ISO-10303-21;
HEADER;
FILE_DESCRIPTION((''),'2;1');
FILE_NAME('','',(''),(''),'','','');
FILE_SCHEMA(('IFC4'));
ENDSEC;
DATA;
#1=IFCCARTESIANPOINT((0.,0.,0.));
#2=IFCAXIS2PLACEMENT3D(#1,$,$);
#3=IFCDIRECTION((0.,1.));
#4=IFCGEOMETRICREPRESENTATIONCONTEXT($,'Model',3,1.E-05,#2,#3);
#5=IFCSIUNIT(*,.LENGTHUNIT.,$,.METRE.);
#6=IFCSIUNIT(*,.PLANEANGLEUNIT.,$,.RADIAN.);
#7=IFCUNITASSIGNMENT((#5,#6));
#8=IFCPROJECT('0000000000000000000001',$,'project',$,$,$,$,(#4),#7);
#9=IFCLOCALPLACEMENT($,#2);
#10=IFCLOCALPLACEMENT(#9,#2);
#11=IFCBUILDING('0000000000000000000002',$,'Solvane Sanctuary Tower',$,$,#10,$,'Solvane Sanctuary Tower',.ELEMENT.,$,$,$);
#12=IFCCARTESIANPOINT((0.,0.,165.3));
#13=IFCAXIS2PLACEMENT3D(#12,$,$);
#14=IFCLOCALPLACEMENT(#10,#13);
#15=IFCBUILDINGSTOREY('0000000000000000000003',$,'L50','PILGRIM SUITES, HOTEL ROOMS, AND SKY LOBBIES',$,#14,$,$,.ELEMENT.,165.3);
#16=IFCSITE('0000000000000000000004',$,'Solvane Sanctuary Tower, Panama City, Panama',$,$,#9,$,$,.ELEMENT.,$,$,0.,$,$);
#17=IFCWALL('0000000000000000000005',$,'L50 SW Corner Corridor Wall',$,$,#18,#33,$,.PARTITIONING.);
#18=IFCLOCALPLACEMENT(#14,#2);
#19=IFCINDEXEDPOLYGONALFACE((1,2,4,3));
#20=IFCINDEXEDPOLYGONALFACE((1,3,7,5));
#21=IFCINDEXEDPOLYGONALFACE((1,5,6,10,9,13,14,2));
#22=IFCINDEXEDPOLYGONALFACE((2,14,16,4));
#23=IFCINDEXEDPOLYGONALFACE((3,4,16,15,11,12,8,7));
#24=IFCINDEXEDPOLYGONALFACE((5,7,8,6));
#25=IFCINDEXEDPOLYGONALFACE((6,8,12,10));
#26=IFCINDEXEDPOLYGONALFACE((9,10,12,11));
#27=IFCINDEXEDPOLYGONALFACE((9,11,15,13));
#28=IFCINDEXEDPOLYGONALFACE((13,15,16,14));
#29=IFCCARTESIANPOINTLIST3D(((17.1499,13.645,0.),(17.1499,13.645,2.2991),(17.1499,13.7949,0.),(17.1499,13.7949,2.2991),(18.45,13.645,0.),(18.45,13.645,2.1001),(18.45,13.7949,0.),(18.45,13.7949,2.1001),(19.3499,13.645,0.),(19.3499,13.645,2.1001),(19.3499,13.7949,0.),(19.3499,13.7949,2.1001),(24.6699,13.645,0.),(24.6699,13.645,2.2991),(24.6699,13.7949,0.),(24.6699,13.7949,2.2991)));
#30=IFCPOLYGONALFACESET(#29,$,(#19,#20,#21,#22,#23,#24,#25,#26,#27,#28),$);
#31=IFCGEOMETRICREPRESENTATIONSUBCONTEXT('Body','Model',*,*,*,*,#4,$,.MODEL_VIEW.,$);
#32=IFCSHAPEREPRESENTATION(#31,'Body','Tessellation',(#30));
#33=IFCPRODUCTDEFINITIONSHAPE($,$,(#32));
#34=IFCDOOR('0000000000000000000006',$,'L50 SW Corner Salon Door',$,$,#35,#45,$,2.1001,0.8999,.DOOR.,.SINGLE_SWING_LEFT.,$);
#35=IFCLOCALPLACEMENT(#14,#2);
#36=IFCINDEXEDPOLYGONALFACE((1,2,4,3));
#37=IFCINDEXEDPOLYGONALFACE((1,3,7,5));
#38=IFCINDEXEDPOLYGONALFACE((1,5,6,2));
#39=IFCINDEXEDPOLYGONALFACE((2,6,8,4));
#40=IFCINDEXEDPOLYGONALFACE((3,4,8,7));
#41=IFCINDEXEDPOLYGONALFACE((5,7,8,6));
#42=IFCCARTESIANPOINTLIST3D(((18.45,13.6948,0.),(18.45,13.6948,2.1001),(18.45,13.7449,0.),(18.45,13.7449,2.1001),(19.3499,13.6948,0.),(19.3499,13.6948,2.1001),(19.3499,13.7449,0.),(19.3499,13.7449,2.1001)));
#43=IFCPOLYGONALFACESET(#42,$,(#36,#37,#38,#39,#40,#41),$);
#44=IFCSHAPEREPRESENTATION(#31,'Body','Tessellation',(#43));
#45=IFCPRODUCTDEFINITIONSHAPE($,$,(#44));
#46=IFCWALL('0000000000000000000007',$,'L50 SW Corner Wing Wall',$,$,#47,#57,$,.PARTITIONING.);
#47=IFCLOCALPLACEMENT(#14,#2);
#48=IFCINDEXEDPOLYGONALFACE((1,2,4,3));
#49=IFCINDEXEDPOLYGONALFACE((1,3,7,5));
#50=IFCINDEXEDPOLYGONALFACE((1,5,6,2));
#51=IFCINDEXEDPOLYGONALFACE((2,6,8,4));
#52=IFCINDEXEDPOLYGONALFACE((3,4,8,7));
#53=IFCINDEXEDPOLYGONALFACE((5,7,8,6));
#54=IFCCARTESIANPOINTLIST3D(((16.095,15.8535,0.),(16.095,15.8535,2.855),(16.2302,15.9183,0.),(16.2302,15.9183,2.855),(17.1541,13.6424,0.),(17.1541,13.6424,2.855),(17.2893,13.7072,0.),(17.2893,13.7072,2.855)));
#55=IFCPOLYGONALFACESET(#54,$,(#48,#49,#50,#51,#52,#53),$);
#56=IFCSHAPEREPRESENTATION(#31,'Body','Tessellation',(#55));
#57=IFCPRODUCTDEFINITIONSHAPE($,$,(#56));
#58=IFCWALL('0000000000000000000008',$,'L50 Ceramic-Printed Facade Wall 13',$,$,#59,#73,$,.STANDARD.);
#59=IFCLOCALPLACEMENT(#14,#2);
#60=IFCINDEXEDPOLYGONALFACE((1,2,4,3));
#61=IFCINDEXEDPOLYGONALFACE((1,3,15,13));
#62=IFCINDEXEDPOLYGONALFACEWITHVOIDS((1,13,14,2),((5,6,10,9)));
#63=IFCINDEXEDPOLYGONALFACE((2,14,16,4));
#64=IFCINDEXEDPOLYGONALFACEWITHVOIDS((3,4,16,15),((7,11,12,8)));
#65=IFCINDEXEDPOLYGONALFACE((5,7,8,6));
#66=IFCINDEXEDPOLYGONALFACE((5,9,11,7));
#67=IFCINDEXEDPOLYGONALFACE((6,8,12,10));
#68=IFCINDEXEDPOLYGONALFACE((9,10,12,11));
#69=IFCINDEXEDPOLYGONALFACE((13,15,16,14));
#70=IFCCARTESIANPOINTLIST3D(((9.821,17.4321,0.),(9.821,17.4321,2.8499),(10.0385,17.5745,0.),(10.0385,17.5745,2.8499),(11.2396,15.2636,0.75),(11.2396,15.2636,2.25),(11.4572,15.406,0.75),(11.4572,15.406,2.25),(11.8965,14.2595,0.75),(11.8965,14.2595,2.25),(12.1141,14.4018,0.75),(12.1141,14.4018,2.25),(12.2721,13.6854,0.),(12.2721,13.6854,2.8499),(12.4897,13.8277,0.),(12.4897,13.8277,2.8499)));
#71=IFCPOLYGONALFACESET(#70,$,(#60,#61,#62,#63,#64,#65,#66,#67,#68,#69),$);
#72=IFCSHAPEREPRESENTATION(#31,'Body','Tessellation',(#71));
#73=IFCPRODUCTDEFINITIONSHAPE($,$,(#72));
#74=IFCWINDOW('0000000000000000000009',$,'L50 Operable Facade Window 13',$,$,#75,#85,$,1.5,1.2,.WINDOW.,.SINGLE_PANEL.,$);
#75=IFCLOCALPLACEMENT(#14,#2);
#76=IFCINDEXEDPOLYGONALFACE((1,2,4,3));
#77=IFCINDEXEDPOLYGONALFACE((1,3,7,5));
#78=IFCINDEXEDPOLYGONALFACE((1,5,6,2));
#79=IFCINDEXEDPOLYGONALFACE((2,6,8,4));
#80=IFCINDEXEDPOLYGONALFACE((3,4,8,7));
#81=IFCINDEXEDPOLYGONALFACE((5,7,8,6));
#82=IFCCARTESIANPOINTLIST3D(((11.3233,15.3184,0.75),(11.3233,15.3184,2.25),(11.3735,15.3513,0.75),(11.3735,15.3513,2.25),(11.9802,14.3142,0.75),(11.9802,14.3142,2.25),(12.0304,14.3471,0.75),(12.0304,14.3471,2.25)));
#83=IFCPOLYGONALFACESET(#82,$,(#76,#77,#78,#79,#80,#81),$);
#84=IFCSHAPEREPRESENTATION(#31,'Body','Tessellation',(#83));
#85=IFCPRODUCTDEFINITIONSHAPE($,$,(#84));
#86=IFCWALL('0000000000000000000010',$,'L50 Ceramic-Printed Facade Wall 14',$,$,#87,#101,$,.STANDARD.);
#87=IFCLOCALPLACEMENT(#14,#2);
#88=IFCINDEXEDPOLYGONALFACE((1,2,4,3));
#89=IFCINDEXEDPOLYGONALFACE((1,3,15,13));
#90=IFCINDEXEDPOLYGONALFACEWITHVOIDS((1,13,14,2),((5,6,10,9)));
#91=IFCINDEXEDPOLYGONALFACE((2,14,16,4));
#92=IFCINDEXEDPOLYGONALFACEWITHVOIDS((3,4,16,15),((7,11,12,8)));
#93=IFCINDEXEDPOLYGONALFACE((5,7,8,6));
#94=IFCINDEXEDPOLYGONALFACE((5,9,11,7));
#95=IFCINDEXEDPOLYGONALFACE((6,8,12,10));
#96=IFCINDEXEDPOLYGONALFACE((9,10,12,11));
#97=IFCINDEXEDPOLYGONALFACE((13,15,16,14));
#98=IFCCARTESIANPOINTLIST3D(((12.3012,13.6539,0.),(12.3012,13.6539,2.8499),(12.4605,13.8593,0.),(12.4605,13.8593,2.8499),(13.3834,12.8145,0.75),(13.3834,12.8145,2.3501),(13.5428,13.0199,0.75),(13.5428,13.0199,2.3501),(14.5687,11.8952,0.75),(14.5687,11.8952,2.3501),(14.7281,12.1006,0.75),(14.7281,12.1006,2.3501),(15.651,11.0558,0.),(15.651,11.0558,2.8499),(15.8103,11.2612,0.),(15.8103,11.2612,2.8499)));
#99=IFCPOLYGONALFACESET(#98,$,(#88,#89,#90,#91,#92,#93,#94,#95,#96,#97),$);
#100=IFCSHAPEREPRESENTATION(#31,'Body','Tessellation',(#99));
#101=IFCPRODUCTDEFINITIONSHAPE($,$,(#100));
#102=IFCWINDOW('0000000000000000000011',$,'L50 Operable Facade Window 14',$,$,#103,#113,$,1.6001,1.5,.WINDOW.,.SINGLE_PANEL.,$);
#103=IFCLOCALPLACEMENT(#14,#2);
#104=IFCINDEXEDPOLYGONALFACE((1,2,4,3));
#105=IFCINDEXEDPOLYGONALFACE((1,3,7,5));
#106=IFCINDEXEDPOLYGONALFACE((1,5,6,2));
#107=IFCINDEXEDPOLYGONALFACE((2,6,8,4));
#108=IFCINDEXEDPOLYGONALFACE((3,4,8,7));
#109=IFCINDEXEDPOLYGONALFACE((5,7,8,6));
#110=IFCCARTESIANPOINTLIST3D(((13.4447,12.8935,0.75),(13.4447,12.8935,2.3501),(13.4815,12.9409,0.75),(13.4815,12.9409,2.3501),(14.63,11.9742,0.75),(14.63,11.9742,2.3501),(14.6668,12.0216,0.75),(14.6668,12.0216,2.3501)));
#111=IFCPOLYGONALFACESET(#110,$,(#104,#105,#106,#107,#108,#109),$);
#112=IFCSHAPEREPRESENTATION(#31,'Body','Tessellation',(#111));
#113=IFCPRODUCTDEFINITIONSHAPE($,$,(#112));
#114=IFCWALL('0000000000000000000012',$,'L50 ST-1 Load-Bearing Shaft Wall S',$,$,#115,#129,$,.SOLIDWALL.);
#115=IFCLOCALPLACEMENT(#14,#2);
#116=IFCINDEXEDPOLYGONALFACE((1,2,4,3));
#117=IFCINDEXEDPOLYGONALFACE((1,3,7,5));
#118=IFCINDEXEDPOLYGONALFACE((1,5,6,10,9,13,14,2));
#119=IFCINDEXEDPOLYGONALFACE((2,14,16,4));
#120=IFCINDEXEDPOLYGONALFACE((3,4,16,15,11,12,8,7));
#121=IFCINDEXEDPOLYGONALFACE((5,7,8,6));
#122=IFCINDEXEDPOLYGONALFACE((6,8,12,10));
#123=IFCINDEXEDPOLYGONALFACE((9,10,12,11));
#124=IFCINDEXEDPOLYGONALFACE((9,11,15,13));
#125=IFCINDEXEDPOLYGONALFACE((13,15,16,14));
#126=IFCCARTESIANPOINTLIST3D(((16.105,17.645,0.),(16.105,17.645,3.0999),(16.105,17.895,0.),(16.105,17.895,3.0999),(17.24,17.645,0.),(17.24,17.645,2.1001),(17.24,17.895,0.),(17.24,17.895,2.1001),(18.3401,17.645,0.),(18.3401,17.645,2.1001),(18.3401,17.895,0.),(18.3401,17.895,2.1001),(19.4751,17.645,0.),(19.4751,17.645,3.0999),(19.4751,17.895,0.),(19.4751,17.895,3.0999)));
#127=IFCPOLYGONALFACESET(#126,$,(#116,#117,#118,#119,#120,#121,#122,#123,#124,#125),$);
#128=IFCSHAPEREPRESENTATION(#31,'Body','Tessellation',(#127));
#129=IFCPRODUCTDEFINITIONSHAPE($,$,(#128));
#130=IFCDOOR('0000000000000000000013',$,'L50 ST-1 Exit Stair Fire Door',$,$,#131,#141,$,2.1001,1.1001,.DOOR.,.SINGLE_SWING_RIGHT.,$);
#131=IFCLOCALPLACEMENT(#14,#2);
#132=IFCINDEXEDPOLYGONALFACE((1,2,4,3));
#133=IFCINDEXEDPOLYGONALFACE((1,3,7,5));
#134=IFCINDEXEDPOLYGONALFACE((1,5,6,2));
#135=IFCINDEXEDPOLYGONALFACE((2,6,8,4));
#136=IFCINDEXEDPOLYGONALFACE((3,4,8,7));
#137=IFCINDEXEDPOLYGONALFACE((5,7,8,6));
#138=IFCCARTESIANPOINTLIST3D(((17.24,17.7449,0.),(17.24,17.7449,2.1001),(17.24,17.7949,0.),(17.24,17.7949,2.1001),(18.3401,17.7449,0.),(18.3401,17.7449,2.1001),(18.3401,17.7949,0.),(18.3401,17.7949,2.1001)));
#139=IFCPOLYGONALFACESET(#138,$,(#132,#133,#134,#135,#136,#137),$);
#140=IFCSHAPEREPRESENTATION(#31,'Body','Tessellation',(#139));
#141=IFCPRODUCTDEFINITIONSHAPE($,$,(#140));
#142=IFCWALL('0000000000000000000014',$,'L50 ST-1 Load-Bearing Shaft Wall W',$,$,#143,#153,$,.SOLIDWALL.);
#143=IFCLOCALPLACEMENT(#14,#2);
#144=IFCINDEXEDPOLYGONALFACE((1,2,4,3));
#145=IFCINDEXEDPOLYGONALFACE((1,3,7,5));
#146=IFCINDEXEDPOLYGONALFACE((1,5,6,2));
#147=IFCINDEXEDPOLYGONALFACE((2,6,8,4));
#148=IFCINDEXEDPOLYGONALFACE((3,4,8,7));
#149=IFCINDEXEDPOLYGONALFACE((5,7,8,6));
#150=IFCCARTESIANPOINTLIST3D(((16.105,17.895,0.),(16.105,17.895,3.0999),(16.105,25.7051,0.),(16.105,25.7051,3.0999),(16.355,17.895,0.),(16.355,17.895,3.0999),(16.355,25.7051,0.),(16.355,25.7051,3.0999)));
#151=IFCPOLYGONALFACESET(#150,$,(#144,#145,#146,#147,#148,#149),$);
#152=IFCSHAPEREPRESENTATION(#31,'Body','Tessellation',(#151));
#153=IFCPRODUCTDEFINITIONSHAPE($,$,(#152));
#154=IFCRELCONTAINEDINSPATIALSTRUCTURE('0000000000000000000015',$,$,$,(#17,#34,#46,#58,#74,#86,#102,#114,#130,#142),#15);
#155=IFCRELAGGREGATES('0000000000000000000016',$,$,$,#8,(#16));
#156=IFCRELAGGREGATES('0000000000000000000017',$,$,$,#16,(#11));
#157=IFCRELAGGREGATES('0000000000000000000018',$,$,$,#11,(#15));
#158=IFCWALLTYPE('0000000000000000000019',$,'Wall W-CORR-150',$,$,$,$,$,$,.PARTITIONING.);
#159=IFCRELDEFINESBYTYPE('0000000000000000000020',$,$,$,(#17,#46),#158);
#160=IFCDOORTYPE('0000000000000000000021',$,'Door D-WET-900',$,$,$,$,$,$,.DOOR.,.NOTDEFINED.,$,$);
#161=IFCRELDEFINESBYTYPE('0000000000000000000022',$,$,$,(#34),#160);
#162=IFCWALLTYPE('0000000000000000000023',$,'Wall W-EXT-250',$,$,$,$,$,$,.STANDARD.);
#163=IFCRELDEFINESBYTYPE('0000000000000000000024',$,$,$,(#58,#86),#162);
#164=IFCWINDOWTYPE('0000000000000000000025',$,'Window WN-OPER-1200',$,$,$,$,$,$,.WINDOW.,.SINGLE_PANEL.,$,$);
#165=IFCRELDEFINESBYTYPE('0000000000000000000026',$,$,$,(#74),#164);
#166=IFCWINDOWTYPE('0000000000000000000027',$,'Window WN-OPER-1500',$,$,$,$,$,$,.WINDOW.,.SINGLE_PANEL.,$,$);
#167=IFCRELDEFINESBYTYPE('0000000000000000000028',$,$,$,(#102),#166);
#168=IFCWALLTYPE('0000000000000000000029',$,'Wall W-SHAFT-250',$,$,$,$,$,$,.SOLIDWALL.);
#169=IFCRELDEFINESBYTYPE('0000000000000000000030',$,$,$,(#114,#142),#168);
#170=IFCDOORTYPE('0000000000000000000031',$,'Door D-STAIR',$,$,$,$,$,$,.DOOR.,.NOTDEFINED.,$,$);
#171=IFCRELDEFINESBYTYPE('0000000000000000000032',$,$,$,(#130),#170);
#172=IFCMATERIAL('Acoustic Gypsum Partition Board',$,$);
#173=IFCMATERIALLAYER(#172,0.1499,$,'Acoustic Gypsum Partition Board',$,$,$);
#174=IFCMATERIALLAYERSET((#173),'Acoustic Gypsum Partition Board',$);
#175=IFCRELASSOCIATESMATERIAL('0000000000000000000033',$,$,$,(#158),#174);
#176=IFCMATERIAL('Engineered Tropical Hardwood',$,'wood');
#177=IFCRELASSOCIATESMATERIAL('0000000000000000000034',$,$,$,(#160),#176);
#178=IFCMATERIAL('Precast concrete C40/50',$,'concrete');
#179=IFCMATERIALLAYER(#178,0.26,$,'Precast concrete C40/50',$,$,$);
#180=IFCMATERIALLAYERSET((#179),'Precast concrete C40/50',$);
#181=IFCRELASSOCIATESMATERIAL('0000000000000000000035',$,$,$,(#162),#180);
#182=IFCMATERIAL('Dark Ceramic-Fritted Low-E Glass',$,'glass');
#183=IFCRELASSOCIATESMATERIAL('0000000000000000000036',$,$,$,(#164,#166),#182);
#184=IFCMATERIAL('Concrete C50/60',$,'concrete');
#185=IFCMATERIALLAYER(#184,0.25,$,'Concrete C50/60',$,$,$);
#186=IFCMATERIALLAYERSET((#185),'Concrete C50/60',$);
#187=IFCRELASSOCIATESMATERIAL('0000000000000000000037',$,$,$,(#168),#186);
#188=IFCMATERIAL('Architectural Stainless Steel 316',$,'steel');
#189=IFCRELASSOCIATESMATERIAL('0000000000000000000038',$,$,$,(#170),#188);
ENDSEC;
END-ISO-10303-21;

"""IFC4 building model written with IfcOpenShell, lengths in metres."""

from ifc_helpers import new_model, si_unit, direction, frame, frame_2d, origin, place, context, subcontext, project, spatial, rectangle, extrude, material, layer, layer_set, type_object, element, fill, save


model = new_model("IFC4")

# Units and contexts
model_context = context("Model", 3, precision=1e-05, world=origin(), true_north=direction((0.0, 1.0)))
body_context = subcontext(model_context, "Body", "Model", "MODEL_VIEW")
ifc_project = project(units=[si_unit("LENGTHUNIT", "METRE"), si_unit("PLANEANGLEUNIT", "RADIAN")], contexts=[model_context])

# Site, building, storey
site_placement = place(None, origin())
site = spatial("IfcSite", under=ifc_project, at=site_placement, Name="Solvane Sanctuary Tower, Panama City, Panama", CompositionType="ELEMENT", RefElevation=0.0)
building_placement = place(site_placement, origin())
building = spatial("IfcBuilding", under=site, at=building_placement, Name="Solvane Sanctuary Tower", LongName="Solvane Sanctuary Tower", CompositionType="ELEMENT")
storey_placement = place(building_placement, frame((0.0, 0.0, 165.3)))
storey = spatial("IfcBuildingStorey", under=building, at=storey_placement, Name="L50", Description="PILGRIM SUITES, HOTEL ROOMS, AND SKY LOBBIES", CompositionType="ELEMENT", Elevation=165.3)

# Shared definitions
ifc_material_1 = material(Name="Acoustic Gypsum Partition Board")
ifc_layer_1 = layer(ifc_material_1, 0.1499, Name="Acoustic Gypsum Partition Board")
ifc_layer_set_1 = layer_set([ifc_layer_1], Name="Acoustic Gypsum Partition Board")
wall_type_1 = type_object("IfcWallType", Name="Wall W-CORR-150", PredefinedType="PARTITIONING", material=ifc_layer_set_1)
ifc_material_2 = material(Name="Architectural Stainless Steel 316", Category="steel")

# Wall, opening, door
wall_1_placement = place(storey_placement, frame((17.1499, 13.72, 0.0), z_axis=(0.0, 0.0, 1.0), x_axis=(1.0, 0.0, 0.0)))
wall_1 = element("IfcWall", 1, at=wall_1_placement, inside=storey, type_object=wall_type_1, Name="L50 SW Corner Corridor Wall", PredefinedType="PARTITIONING", context=body_context, shape_type="SweptSolid", body=[
    extrude(rectangle(XDim=7.52, YDim=0.1499, at=frame_2d((3.76, 0.0))), origin(), (0.0, 0.0, 1.0), 2.2991),
])
opening_1_placement = place(wall_1_placement, frame((1.3, 0.0, 0.0)))
opening_1 = element("IfcOpeningElement", 2, at=opening_1_placement, cuts=wall_1, PredefinedType="OPENING", context=body_context, shape_type="SweptSolid", body=[
    extrude(rectangle(XDim=0.8999, YDim=2.1001, at=frame_2d((0.45, 1.05))), frame((0.0, 0.085, 0.0), z_axis=(0.0, -1.0, 0.0), x_axis=(1.0, 0.0, 0.0)), (0.0, 0.0, 1.0), 0.1699),
])
ifc_material_3 = material(Name="Engineered Tropical Hardwood", Category="wood")
door_type_1 = type_object("IfcDoorType", Name="Door D-WET-900", OperationType="NOTDEFINED", PredefinedType="DOOR", material=ifc_material_3)
door_1_placement = place(opening_1_placement, origin())
door_1 = element("IfcDoor", 3, at=door_1_placement, inside=storey, type_object=door_type_1, Name="L50 SW Corner Salon Door", OperationType="SINGLE_SWING_LEFT", OverallHeight=2.1001, OverallWidth=0.8999, PredefinedType="DOOR", context=body_context, shape_type="SweptSolid", body=[
    extrude(rectangle(XDim=0.8999, YDim=2.1001, at=frame_2d((0.45, 1.05))), frame((0.0, 0.0249, 0.0), z_axis=(0.0, -1.0, 0.0), x_axis=(1.0, 0.0, 0.0)), (0.0, 0.0, 1.0), 0.05),
])
fill(opening_1, door_1)

# Wall
wall_2_placement = place(storey_placement, frame((17.2217, 13.6748, 0.0), z_axis=(0.0, 0.0, 1.0), x_axis=(-0.431973, 0.901886, 0.0)))
element("IfcWall", 4, at=wall_2_placement, inside=storey, type_object=wall_type_1, Name="L50 SW Corner Wing Wall", PredefinedType="PARTITIONING", context=body_context, shape_type="SweptSolid", body=[
    extrude(rectangle(XDim=2.4517, YDim=0.1499, at=frame_2d((1.2258, 0.0))), origin(), (0.0, 0.0, 1.0), 2.855),
])

# Walls, openings, windows
ifc_material_4 = material(Name="Precast concrete C40/50", Category="concrete")
ifc_layer_2 = layer(ifc_material_4, 0.26, Name="Precast concrete C40/50")
ifc_layer_set_2 = layer_set([ifc_layer_2], Name="Precast concrete C40/50")
wall_type_2 = type_object("IfcWallType", Name="Wall W-EXT-250", PredefinedType="STANDARD", material=ifc_layer_set_2)
wall_3_placement = place(storey_placement, frame((9.9297, 17.5034, 0.0), z_axis=(0.0, 0.0, 1.0), x_axis=(0.547456, -0.836834, 0.0)))
wall_3 = element("IfcWall", 5, at=wall_3_placement, inside=storey, type_object=wall_type_2, Name="L50 Ceramic-Printed Facade Wall 13", PredefinedType="STANDARD", context=body_context, shape_type="SweptSolid", body=[
    extrude(rectangle(XDim=4.4773, YDim=0.26, at=frame_2d((2.2388, 0.0))), origin(), (0.0, 0.0, 1.0), 2.8499),
])
opening_2_placement = place(wall_3_placement, frame((2.5913, 0.0, 0.75)))
opening_2 = element("IfcOpeningElement", 6, at=opening_2_placement, cuts=wall_3, PredefinedType="OPENING", context=body_context, shape_type="SweptSolid", body=[
    extrude(rectangle(XDim=1.2, YDim=1.5, at=frame_2d((0.6001, 0.75))), frame((0.0, 0.1399, 0.0), z_axis=(0.0, -1.0, 0.0), x_axis=(1.0, 0.0, 0.0)), (0.0, 0.0, 1.0), 0.28),
])
ifc_material_5 = material(Name="Dark Ceramic-Fritted Low-E Glass", Category="glass")
window_type_1 = type_object("IfcWindowType", Name="Window WN-OPER-1200", PartitioningType="SINGLE_PANEL", PredefinedType="WINDOW", material=ifc_material_5)
window_1_placement = place(opening_2_placement, origin())
window_1 = element("IfcWindow", 7, at=window_1_placement, inside=storey, type_object=window_type_1, Name="L50 Operable Facade Window 13", OverallHeight=1.5, OverallWidth=1.2, PartitioningType="SINGLE_PANEL", PredefinedType="WINDOW", context=body_context, shape_type="SweptSolid", body=[
    extrude(rectangle(XDim=1.2, YDim=1.5, at=frame_2d((0.6001, 0.75))), frame((0.0, 0.03, 0.0), z_axis=(0.0, -1.0, 0.0), x_axis=(1.0, 0.0, 0.0)), (0.0, 0.0, 1.0), 0.0601),
])
fill(opening_2, window_1)
wall_4_placement = place(storey_placement, frame((12.3809, 13.7566, 0.0), z_axis=(0.0, 0.0, 1.0), x_axis=(0.790186, -0.612868, 0.0)))
wall_4 = element("IfcWall", 8, at=wall_4_placement, inside=storey, type_object=wall_type_2, Name="L50 Ceramic-Printed Facade Wall 14", PredefinedType="STANDARD", context=body_context, shape_type="SweptSolid", body=[
    extrude(rectangle(XDim=4.2393, YDim=0.26, at=frame_2d((2.1196, 0.0))), origin(), (0.0, 0.0, 1.0), 2.8499),
])
opening_3_placement = place(wall_4_placement, frame((1.3696, 0.0, 0.75)))
opening_3 = element("IfcOpeningElement", 9, at=opening_3_placement, cuts=wall_4, PredefinedType="OPENING", context=body_context, shape_type="SweptSolid", body=[
    extrude(rectangle(XDim=1.5, YDim=1.6001, at=frame_2d((0.75, 0.8))), frame((0.0, 0.1399, 0.0), z_axis=(0.0, -1.0, 0.0), x_axis=(1.0, 0.0, 0.0)), (0.0, 0.0, 1.0), 0.28),
])
window_type_2 = type_object("IfcWindowType", Name="Window WN-OPER-1500", PartitioningType="SINGLE_PANEL", PredefinedType="WINDOW", material=ifc_material_5)
window_2_placement = place(opening_3_placement, origin())
window_2 = element("IfcWindow", 10, at=window_2_placement, inside=storey, type_object=window_type_2, Name="L50 Operable Facade Window 14", OverallHeight=1.6001, OverallWidth=1.5, PartitioningType="SINGLE_PANEL", PredefinedType="WINDOW", context=body_context, shape_type="SweptSolid", body=[
    extrude(rectangle(XDim=1.5, YDim=1.6001, at=frame_2d((0.75, 0.8))), frame((0.0, 0.03, 0.0), z_axis=(0.0, -1.0, 0.0), x_axis=(1.0, 0.0, 0.0)), (0.0, 0.0, 1.0), 0.0601),
])
fill(opening_3, window_2)

# Wall, opening, door
ifc_material_6 = material(Name="Concrete C50/60", Category="concrete")
ifc_layer_3 = layer(ifc_material_6, 0.25, Name="Concrete C50/60")
ifc_layer_set_3 = layer_set([ifc_layer_3], Name="Concrete C50/60")
wall_type_3 = type_object("IfcWallType", Name="Wall W-SHAFT-250", PredefinedType="SOLIDWALL", material=ifc_layer_set_3)
wall_5_placement = place(storey_placement, frame((16.105, 17.77, 0.0), z_axis=(0.0, 0.0, 1.0), x_axis=(1.0, 0.0, 0.0)))
wall_5 = element("IfcWall", 11, at=wall_5_placement, inside=storey, type_object=wall_type_3, Name="L50 ST-1 Load-Bearing Shaft Wall S", PredefinedType="SOLIDWALL", context=body_context, shape_type="SweptSolid", body=[
    extrude(rectangle(XDim=3.3701, YDim=0.25, at=frame_2d((1.6851, 0.0))), origin(), (0.0, 0.0, 1.0), 3.0999),
])
opening_4_placement = place(wall_5_placement, frame((1.135, 0.0, 0.0)))
opening_4 = element("IfcOpeningElement", 12, at=opening_4_placement, cuts=wall_5, PredefinedType="OPENING", context=body_context, shape_type="SweptSolid", body=[
    extrude(rectangle(XDim=1.1001, YDim=2.1001, at=frame_2d((0.55, 1.05))), frame((0.0, 0.135, 0.0), z_axis=(0.0, -1.0, 0.0), x_axis=(1.0, 0.0, 0.0)), (0.0, 0.0, 1.0), 0.27),
])
door_type_2 = type_object("IfcDoorType", Name="Door D-STAIR", OperationType="NOTDEFINED", PredefinedType="DOOR", material=ifc_material_2)
door_2_placement = place(opening_4_placement, origin())
door_2 = element("IfcDoor", 13, at=door_2_placement, inside=storey, type_object=door_type_2, Name="L50 ST-1 Exit Stair Fire Door", OperationType="SINGLE_SWING_RIGHT", OverallHeight=2.1001, OverallWidth=1.1001, PredefinedType="DOOR", context=body_context, shape_type="SweptSolid", body=[
    extrude(rectangle(XDim=1.1001, YDim=2.1001, at=frame_2d((0.55, 1.05))), frame((0.0, 0.0249, 0.0), z_axis=(0.0, -1.0, 0.0), x_axis=(1.0, 0.0, 0.0)), (0.0, 0.0, 1.0), 0.05),
])
fill(opening_4, door_2)

# Wall
wall_6_placement = place(storey_placement, frame((16.23, 17.895, 0.0), z_axis=(0.0, 0.0, 1.0), x_axis=(0.0, 1.0, 0.0)))
element("IfcWall", 14, at=wall_6_placement, inside=storey, type_object=wall_type_3, Name="L50 ST-1 Load-Bearing Shaft Wall W", PredefinedType="SOLIDWALL", context=body_context, shape_type="SweptSolid", body=[
    extrude(rectangle(XDim=7.8101, YDim=0.25, at=frame_2d((3.905, 0.0))), origin(), (0.0, 0.0, 1.0), 3.0999),
])

save(model, "model.ifc")
